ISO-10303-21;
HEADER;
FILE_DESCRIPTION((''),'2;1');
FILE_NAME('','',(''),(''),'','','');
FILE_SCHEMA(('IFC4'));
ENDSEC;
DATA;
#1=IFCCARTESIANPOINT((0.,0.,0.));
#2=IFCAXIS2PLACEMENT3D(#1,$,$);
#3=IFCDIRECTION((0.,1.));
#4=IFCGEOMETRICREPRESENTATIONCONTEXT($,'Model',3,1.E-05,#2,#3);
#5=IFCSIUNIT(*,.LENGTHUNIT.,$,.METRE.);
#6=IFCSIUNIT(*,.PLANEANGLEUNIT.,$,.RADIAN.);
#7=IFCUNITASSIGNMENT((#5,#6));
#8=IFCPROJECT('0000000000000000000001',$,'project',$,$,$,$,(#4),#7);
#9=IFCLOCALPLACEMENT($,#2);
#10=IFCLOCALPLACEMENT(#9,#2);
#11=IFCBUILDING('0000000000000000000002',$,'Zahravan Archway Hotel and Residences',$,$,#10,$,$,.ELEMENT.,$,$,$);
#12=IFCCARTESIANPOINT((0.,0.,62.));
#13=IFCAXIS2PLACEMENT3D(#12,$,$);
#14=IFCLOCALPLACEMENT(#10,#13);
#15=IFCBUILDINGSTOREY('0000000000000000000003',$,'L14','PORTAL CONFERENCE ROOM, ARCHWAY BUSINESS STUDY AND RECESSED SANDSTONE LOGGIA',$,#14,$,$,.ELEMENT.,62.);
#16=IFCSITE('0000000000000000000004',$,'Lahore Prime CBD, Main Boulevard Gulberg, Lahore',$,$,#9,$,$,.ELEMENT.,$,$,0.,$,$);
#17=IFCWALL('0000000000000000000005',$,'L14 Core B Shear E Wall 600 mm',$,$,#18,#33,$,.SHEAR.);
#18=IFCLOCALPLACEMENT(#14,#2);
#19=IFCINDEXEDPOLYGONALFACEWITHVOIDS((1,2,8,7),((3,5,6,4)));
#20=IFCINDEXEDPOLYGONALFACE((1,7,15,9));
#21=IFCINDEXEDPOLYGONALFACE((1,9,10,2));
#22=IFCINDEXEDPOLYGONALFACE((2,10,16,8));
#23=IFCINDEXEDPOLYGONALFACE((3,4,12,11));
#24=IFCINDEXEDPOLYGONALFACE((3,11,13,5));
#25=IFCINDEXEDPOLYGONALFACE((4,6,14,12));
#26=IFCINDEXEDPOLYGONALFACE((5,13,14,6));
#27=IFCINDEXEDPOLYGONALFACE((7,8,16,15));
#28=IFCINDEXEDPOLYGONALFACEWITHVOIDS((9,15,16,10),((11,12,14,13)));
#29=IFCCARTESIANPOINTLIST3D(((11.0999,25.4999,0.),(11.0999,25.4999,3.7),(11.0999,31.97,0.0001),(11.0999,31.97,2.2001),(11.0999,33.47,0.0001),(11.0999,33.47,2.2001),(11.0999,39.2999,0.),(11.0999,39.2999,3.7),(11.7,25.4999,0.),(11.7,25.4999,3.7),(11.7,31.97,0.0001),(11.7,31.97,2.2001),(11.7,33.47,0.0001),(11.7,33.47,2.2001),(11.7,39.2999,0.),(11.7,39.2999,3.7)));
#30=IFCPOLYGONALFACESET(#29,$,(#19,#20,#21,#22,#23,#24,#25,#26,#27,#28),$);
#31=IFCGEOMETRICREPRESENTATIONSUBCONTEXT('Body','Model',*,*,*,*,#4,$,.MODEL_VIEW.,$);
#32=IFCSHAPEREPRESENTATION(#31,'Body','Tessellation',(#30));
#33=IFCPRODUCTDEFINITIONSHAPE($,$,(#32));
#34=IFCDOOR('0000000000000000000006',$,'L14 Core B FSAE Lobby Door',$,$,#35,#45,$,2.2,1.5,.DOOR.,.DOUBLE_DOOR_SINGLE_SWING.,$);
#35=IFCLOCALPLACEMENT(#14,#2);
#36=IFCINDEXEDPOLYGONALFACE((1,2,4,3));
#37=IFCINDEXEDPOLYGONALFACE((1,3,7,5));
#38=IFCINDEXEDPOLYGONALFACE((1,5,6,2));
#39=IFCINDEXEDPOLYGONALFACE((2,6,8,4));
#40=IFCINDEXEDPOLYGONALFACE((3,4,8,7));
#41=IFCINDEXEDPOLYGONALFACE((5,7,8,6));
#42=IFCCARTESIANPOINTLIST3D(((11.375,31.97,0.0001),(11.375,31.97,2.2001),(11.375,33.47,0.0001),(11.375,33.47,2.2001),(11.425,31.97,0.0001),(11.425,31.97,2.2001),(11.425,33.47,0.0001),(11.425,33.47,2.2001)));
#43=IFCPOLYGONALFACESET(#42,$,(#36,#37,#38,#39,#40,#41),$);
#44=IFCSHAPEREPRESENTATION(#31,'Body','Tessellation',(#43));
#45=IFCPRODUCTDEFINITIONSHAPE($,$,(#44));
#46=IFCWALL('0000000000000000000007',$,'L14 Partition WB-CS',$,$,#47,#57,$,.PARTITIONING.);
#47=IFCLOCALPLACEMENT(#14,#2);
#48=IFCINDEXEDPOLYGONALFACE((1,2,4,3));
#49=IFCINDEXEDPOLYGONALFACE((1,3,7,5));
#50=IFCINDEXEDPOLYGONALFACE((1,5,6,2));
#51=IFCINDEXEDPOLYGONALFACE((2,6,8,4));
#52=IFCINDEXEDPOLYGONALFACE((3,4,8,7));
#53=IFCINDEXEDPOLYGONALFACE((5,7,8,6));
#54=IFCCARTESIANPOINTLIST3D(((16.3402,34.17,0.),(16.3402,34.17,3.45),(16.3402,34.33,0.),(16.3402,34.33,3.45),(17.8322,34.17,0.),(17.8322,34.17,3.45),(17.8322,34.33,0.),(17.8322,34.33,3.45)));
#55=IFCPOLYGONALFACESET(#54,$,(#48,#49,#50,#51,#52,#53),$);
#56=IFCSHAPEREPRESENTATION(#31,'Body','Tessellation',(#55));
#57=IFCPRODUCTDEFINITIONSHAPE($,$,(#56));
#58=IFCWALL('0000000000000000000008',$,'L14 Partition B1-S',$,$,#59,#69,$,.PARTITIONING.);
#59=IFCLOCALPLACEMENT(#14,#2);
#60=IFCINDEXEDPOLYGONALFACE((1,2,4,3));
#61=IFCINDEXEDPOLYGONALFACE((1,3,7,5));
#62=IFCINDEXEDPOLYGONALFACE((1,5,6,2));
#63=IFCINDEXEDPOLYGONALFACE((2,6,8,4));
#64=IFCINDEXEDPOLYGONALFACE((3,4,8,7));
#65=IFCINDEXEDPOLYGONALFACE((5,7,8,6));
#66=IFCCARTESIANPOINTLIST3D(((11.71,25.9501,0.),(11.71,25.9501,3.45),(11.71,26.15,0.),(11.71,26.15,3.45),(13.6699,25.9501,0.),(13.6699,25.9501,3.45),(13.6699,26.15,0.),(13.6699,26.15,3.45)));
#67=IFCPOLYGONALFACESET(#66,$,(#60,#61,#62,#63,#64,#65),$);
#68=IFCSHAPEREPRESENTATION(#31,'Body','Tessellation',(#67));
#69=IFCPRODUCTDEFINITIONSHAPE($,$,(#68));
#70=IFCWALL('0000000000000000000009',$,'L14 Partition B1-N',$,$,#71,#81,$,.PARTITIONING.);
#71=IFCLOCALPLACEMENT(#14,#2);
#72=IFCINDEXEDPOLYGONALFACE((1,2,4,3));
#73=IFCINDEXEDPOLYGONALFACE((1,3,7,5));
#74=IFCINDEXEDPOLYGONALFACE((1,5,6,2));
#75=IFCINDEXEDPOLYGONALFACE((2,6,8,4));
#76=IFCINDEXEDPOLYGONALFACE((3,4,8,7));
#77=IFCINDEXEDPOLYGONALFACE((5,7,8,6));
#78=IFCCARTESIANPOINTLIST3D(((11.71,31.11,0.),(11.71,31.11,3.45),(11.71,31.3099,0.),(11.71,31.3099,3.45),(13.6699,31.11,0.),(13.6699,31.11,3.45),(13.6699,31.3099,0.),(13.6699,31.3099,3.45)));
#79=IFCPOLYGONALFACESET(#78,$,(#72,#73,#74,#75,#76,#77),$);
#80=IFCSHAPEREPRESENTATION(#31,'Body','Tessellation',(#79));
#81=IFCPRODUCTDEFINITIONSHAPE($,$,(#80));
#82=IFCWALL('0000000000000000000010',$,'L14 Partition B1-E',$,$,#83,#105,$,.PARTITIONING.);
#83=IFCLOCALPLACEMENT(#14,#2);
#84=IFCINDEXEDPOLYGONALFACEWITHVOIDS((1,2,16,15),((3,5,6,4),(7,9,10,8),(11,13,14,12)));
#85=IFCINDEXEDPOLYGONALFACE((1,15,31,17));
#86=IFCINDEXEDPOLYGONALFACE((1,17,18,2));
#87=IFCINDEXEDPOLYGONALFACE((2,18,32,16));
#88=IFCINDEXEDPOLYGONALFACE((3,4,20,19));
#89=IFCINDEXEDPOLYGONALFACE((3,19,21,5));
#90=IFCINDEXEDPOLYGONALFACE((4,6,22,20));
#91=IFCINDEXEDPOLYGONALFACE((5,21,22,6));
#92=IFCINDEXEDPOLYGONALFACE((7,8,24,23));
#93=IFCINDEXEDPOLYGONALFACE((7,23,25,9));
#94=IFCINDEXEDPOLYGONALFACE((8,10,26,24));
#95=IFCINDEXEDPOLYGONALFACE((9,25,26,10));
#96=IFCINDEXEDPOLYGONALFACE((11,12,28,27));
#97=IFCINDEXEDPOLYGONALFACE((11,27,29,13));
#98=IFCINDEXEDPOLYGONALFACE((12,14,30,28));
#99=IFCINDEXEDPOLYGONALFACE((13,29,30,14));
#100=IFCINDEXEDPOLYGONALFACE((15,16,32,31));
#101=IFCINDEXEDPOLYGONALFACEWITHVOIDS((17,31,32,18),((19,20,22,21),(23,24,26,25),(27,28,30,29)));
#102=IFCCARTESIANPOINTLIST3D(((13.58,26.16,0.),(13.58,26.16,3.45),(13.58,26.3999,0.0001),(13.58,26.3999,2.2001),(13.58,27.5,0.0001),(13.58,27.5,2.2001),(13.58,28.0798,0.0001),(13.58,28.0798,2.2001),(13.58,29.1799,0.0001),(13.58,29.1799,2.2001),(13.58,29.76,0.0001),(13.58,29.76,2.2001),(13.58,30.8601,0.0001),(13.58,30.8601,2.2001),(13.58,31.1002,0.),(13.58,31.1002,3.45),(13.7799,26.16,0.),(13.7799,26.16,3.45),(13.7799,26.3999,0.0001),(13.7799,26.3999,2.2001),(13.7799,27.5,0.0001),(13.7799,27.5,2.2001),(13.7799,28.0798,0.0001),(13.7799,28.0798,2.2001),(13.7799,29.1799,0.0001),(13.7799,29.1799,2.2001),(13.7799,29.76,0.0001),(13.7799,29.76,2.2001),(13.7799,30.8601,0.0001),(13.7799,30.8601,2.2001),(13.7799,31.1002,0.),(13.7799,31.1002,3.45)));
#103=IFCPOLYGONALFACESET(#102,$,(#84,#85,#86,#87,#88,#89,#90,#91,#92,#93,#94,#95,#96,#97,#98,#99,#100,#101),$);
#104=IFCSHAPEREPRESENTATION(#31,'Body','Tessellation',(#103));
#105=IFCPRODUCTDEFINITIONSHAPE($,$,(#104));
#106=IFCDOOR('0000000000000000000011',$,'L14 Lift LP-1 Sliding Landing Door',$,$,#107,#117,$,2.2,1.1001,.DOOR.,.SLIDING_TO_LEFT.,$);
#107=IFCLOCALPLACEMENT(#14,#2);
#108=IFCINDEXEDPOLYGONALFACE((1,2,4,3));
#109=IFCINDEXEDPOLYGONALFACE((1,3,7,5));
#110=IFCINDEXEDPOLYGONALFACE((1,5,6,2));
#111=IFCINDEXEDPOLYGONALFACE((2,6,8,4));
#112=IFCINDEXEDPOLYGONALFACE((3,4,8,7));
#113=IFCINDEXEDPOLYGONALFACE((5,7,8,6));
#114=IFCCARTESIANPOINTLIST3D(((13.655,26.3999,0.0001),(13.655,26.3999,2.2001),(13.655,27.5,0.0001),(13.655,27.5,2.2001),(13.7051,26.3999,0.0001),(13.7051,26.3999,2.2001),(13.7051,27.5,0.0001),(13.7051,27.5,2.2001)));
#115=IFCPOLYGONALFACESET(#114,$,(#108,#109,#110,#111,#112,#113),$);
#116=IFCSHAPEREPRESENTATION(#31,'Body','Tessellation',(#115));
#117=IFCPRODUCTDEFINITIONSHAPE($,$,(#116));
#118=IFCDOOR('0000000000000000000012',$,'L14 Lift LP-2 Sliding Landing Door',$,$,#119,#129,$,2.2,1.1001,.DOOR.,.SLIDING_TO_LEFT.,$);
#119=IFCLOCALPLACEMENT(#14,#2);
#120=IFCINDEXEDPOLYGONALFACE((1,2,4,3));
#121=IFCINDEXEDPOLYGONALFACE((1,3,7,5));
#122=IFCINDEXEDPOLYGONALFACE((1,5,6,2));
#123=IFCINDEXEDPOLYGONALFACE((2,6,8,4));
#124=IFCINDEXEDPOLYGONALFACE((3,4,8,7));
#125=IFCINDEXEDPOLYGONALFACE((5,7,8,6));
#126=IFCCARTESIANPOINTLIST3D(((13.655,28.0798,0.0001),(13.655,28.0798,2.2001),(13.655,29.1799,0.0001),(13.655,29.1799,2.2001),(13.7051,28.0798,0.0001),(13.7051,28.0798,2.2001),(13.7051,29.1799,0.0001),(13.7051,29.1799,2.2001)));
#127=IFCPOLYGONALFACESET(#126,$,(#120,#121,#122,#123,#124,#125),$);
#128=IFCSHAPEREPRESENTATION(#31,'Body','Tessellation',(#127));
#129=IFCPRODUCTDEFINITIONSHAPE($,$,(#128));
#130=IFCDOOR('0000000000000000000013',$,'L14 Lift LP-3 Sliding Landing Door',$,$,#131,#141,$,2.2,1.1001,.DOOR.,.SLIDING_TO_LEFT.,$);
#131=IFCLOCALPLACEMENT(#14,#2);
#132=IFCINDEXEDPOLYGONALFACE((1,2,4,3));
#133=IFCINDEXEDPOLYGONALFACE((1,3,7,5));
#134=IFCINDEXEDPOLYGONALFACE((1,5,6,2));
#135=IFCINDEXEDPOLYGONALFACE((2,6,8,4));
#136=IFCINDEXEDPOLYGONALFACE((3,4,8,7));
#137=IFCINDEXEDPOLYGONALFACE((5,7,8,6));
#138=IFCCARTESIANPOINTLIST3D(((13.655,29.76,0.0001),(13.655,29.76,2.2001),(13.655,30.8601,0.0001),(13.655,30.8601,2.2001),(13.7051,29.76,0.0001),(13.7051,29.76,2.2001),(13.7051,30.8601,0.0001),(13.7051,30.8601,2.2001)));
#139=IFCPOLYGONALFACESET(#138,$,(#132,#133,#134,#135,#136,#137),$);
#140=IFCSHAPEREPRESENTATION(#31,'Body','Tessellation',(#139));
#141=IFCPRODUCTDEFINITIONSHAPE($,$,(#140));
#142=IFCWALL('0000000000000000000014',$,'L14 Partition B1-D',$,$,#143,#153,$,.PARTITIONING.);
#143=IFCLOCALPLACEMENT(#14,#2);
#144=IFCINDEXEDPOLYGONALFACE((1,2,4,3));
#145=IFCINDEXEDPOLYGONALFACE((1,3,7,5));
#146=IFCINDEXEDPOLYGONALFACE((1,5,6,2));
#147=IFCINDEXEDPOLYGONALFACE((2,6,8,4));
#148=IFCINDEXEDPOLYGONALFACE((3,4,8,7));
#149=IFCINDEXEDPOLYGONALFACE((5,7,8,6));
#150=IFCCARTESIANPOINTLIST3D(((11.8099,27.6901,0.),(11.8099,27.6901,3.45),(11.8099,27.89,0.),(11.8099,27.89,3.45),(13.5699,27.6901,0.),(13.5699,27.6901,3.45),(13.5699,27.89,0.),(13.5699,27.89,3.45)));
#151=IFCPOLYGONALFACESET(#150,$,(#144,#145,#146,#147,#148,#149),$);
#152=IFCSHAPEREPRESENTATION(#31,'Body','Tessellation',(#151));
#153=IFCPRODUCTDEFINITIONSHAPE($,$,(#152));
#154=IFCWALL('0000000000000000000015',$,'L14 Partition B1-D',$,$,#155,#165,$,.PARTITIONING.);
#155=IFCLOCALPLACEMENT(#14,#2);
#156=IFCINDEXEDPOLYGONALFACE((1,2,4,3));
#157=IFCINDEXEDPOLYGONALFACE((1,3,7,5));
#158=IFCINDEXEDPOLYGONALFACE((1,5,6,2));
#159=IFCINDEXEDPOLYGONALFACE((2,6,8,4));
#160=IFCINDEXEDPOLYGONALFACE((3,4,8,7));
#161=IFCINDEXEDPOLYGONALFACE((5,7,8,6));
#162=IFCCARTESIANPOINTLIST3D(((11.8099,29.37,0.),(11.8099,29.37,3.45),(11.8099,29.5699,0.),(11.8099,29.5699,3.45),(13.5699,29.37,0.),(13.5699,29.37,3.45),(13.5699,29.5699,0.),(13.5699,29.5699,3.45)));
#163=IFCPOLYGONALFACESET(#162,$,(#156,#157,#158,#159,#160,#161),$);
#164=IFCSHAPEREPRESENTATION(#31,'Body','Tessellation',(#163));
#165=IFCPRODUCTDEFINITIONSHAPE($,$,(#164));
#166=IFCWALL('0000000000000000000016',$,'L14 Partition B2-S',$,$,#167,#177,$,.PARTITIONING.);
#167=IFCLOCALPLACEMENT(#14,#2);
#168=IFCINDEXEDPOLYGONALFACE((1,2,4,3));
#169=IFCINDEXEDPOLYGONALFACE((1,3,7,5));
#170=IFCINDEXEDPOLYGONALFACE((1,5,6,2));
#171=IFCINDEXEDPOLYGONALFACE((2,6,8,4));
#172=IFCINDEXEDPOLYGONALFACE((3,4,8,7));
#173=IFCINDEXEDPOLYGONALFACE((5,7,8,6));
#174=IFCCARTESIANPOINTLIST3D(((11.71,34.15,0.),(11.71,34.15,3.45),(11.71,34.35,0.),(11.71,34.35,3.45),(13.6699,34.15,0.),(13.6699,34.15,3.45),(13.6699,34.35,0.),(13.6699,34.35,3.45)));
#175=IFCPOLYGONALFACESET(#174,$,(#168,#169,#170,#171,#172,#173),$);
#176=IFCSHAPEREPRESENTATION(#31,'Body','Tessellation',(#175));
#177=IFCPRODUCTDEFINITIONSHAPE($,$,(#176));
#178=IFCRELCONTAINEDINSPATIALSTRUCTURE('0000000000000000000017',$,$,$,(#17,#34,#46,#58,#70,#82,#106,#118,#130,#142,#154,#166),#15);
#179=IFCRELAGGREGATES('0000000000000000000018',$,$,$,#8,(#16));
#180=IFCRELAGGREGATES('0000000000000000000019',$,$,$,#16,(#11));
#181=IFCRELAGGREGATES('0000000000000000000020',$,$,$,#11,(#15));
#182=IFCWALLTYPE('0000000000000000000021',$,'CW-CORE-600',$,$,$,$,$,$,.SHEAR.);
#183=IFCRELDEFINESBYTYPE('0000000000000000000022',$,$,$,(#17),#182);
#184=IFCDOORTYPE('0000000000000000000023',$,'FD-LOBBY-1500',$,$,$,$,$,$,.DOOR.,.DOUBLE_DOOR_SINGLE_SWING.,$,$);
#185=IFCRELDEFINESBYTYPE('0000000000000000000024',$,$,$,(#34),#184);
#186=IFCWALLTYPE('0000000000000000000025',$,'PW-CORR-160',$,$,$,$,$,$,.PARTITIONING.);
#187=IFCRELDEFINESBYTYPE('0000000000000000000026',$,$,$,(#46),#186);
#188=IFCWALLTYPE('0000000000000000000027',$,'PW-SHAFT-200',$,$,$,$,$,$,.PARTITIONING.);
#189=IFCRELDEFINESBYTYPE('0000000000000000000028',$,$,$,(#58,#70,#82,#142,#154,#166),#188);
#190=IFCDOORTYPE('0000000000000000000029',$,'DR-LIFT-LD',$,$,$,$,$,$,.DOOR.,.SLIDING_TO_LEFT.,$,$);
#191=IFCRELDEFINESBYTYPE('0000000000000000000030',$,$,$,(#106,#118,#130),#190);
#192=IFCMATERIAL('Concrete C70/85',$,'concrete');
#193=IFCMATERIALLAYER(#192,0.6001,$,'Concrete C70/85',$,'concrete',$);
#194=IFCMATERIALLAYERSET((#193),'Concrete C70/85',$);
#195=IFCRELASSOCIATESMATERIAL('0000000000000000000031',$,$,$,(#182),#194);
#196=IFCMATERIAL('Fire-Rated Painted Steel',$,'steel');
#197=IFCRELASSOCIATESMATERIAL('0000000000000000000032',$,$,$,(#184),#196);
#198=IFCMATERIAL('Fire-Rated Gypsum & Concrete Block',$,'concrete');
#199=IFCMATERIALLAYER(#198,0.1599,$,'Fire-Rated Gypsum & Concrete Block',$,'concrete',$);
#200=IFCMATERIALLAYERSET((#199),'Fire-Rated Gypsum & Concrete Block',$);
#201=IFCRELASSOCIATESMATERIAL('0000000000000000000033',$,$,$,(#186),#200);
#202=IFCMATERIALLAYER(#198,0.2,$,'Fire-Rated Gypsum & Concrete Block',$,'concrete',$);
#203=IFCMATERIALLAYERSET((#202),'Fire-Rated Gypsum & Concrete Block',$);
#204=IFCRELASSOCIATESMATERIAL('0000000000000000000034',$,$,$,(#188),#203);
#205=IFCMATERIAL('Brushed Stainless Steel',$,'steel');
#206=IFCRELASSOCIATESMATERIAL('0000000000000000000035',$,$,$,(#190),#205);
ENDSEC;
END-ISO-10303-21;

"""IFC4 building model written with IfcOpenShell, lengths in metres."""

from ifc_helpers import new_model, si_unit, direction, frame, frame_2d, origin, place, context, subcontext, project, spatial, rectangle, extrude, source, transform, mapped, material, layer, layer_set, type_object, type_shapes, element, fill, save


model = new_model("IFC4")

# Units and contexts
model_context = context("Model", 3, precision=1e-05, world=origin(), true_north=direction((0.0, 1.0)))
body_context = subcontext(model_context, "Body", "Model", "MODEL_VIEW")
ifc_project = project(units=[si_unit("LENGTHUNIT", "METRE"), si_unit("PLANEANGLEUNIT", "RADIAN")], contexts=[model_context])

# Site, building, storey
site_placement = place(None, origin())
site = spatial("IfcSite", under=ifc_project, at=site_placement, Name="Lahore Prime CBD, Main Boulevard Gulberg, Lahore", CompositionType="ELEMENT", RefElevation=0.0)
building_placement = place(site_placement, origin())
building = spatial("IfcBuilding", under=site, at=building_placement, Name="Zahravan Archway Hotel and Residences", CompositionType="ELEMENT")
storey_placement = place(building_placement, frame((0.0, 0.0, 62.0)))
storey = spatial("IfcBuildingStorey", under=building, at=storey_placement, Name="L14", Description="PORTAL CONFERENCE ROOM, ARCHWAY BUSINESS STUDY AND RECESSED SANDSTONE LOGGIA", CompositionType="ELEMENT", Elevation=62.0)

# Shared definitions
ifc_material_1 = material(Name="Concrete C70/85", Category="concrete")

# Wall, opening, door
ifc_layer_1 = layer(ifc_material_1, 0.6001, Name="Concrete C70/85", Category="concrete")
ifc_layer_set_1 = layer_set([ifc_layer_1], Name="Concrete C70/85")
wall_type_1 = type_object("IfcWallType", Name="CW-CORE-600", PredefinedType="SHEAR", material=ifc_layer_set_1)
wall_1_placement = place(storey_placement, frame((11.3999, 25.5, 0.0), z_axis=(0.0, 0.0, 1.0), x_axis=(0.0, 1.0, 0.0)))
wall_1 = element("IfcWall", 1, at=wall_1_placement, inside=storey, type_object=wall_type_1, Name="L14 Core B Shear E Wall 600 mm", PredefinedType="SHEAR", context=body_context, shape_type="SweptSolid", body=[
    extrude(rectangle(XDim=13.8, YDim=0.6001, at=frame_2d((6.8999, 0.0))), origin(), (0.0, 0.0, 1.0), 3.7),
])
opening_1_placement = place(wall_1_placement, frame((6.47, 0.0, 0.0)))
opening_1 = element("IfcOpeningElement", 2, at=opening_1_placement, cuts=wall_1, PredefinedType="OPENING", context=body_context, shape_type="SweptSolid", body=[
    extrude(rectangle(XDim=1.5, YDim=2.2, at=frame_2d((0.75, 1.1001))), frame((0.0, 0.3101, 0.0), z_axis=(0.0, -1.0, 0.0), x_axis=(1.0, 0.0, 0.0)), (0.0, 0.0, 1.0), 0.6201),
])
ifc_material_2 = material(Name="Fire-Rated Painted Steel", Category="steel")
door_type_1 = type_object("IfcDoorType", Name="FD-LOBBY-1500", OperationType="DOUBLE_DOOR_SINGLE_SWING", PredefinedType="DOOR", material=ifc_material_2)
shared_shape_1 = source(origin(), body_context, "Body", "SweptSolid", [
    extrude(rectangle(XDim=1.5, YDim=2.2, at=frame_2d((0.75, 1.1001))), frame((0.0, 0.0249, 0.0), z_axis=(0.0, -1.0, 0.0), x_axis=(1.0, 0.0, 0.0)), (0.0, 0.0, 1.0), 0.05),
])
type_shapes(door_type_1, [shared_shape_1])
door_1_placement = place(opening_1_placement, origin())
door_1 = element("IfcDoor", 3, at=door_1_placement, inside=storey, type_object=door_type_1, Name="L14 Core B FSAE Lobby Door", OperationType="DOUBLE_DOOR_SINGLE_SWING", OverallHeight=2.2, OverallWidth=1.5, PredefinedType="DOOR", context=body_context, shape_type="MappedRepresentation", body=[
    mapped(shared_shape_1, transform((0.0, 0.0, 0.0), scale=1.0)),
])
fill(opening_1, door_1)

# Walls
ifc_material_3 = material(Name="Fire-Rated Gypsum & Concrete Block", Category="concrete")
ifc_layer_2 = layer(ifc_material_3, 0.1599, Name="Fire-Rated Gypsum & Concrete Block", Category="concrete")
ifc_layer_set_2 = layer_set([ifc_layer_2], Name="Fire-Rated Gypsum & Concrete Block")
wall_type_2 = type_object("IfcWallType", Name="PW-CORR-160", PredefinedType="PARTITIONING", material=ifc_layer_set_2)
wall_2_placement = place(storey_placement, frame((16.3401, 34.25, 0.0), z_axis=(0.0, 0.0, 1.0), x_axis=(1.0, 0.0, 0.0)))
element("IfcWall", 4, at=wall_2_placement, inside=storey, type_object=wall_type_2, Name="L14 Partition WB-CS", PredefinedType="PARTITIONING", context=body_context, shape_type="SweptSolid", body=[
    extrude(rectangle(XDim=1.4919, YDim=0.1599, at=frame_2d((0.7461, 0.0))), origin(), (0.0, 0.0, 1.0), 3.45),
])
ifc_layer_3 = layer(ifc_material_3, 0.2, Name="Fire-Rated Gypsum & Concrete Block", Category="concrete")
ifc_layer_set_3 = layer_set([ifc_layer_3], Name="Fire-Rated Gypsum & Concrete Block")
wall_type_3 = type_object("IfcWallType", Name="PW-SHAFT-200", PredefinedType="PARTITIONING", material=ifc_layer_set_3)
for number, where, z_axis, x_axis, name in (
    (5, (11.71, 26.05, 0.0), (0.0, 0.0, 1.0), (1.0, 0.0, 0.0), "L14 Partition B1-S"),
    (6, (11.71, 31.21, 0.0), (0.0, 0.0, 1.0), (1.0, 0.0, 0.0), "L14 Partition B1-N"),
):
    element("IfcWall", number, at=place(storey_placement, frame(where, z_axis=z_axis, x_axis=x_axis)), inside=storey, type_object=wall_type_3, Name=name, PredefinedType="PARTITIONING", context=body_context, shape_type="SweptSolid", body=[
        extrude(rectangle(XDim=1.96, YDim=0.2, at=frame_2d((0.98, 0.0))), origin(), (0.0, 0.0, 1.0), 3.45),
    ])

# Wall, openings, doors
wall_3_placement = place(storey_placement, frame((13.6799, 26.1599, 0.0), z_axis=(0.0, 0.0, 1.0), x_axis=(0.0, 1.0, 0.0)))
wall_3 = element("IfcWall", 7, at=wall_3_placement, inside=storey, type_object=wall_type_3, Name="L14 Partition B1-E", PredefinedType="PARTITIONING", context=body_context, shape_type="SweptSolid", body=[
    extrude(rectangle(XDim=4.9402, YDim=0.2, at=frame_2d((2.4702, 0.0))), origin(), (0.0, 0.0, 1.0), 3.45),
])
opening_2_placement = place(wall_3_placement, frame((0.24, 0.0, 0.0)))
opening_2 = element("IfcOpeningElement", 8, at=opening_2_placement, cuts=wall_3, PredefinedType="OPENING", context=body_context, shape_type="SweptSolid", body=[
    extrude(rectangle(XDim=1.1001, YDim=2.2, at=frame_2d((0.55, 1.1001))), frame((0.0, 0.1099, 0.0), z_axis=(0.0, -1.0, 0.0), x_axis=(1.0, 0.0, 0.0)), (0.0, 0.0, 1.0), 0.22),
])
opening_3_placement = place(wall_3_placement, frame((1.9199, 0.0, 0.0)))
opening_3 = element("IfcOpeningElement", 9, at=opening_3_placement, cuts=wall_3, PredefinedType="OPENING", context=body_context, shape_type="SweptSolid", body=[
    extrude(rectangle(XDim=1.1001, YDim=2.2, at=frame_2d((0.55, 1.1001))), frame((0.0, 0.1099, 0.0), z_axis=(0.0, -1.0, 0.0), x_axis=(1.0, 0.0, 0.0)), (0.0, 0.0, 1.0), 0.22),
])
opening_4_placement = place(wall_3_placement, frame((3.6001, 0.0, 0.0)))
opening_4 = element("IfcOpeningElement", 10, at=opening_4_placement, cuts=wall_3, PredefinedType="OPENING", context=body_context, shape_type="SweptSolid", body=[
    extrude(rectangle(XDim=1.1001, YDim=2.2, at=frame_2d((0.55, 1.1001))), frame((0.0, 0.1099, 0.0), z_axis=(0.0, -1.0, 0.0), x_axis=(1.0, 0.0, 0.0)), (0.0, 0.0, 1.0), 0.22),
])
ifc_material_4 = material(Name="Brushed Stainless Steel", Category="steel")
door_type_2 = type_object("IfcDoorType", Name="DR-LIFT-LD", OperationType="SLIDING_TO_LEFT", PredefinedType="DOOR", material=ifc_material_4)
shared_shape_2 = source(origin(), body_context, "Body", "SweptSolid", [
    extrude(rectangle(XDim=1.1001, YDim=2.2, at=frame_2d((0.55, 1.1001))), frame((0.0, 0.0249, 0.0), z_axis=(0.0, -1.0, 0.0), x_axis=(1.0, 0.0, 0.0)), (0.0, 0.0, 1.0), 0.05),
])
type_shapes(door_type_2, [shared_shape_2])
door_2_placement = place(opening_2_placement, origin())
door_2 = element("IfcDoor", 11, at=door_2_placement, inside=storey, type_object=door_type_2, Name="L14 Lift LP-1 Sliding Landing Door", OperationType="SLIDING_TO_LEFT", OverallHeight=2.2, OverallWidth=1.1001, PredefinedType="DOOR", context=body_context, shape_type="MappedRepresentation", body=[
    mapped(shared_shape_2, transform((0.0, 0.0, 0.0), scale=1.0)),
])
fill(opening_2, door_2)
door_3_placement = place(opening_3_placement, origin())
door_3 = element("IfcDoor", 12, at=door_3_placement, inside=storey, type_object=door_type_2, Name="L14 Lift LP-2 Sliding Landing Door", OperationType="SLIDING_TO_LEFT", OverallHeight=2.2, OverallWidth=1.1001, PredefinedType="DOOR", context=body_context, shape_type="MappedRepresentation", body=[
    mapped(shared_shape_2, transform((0.0, 0.0, 0.0), scale=1.0)),
])
fill(opening_3, door_3)
door_4_placement = place(opening_4_placement, origin())
door_4 = element("IfcDoor", 13, at=door_4_placement, inside=storey, type_object=door_type_2, Name="L14 Lift LP-3 Sliding Landing Door", OperationType="SLIDING_TO_LEFT", OverallHeight=2.2, OverallWidth=1.1001, PredefinedType="DOOR", context=body_context, shape_type="MappedRepresentation", body=[
    mapped(shared_shape_2, transform((0.0, 0.0, 0.0), scale=1.0)),
])
fill(opening_4, door_4)

# Walls
for number, where, z_axis, x_axis, name in (
    (14, (11.8101, 27.79, 0.0), (0.0, 0.0, 1.0), (1.0, 0.0, 0.0), "L14 Partition B1-D"),
    (15, (11.8101, 29.47, 0.0), (0.0, 0.0, 1.0), (1.0, 0.0, 0.0), "L14 Partition B1-D"),
):
    element("IfcWall", number, at=place(storey_placement, frame(where, z_axis=z_axis, x_axis=x_axis)), inside=storey, type_object=wall_type_3, Name=name, PredefinedType="PARTITIONING", context=body_context, shape_type="SweptSolid", body=[
        extrude(rectangle(XDim=1.76, YDim=0.2, at=frame_2d((0.8799, 0.0))), origin(), (0.0, 0.0, 1.0), 3.45),
    ])
wall_4_placement = place(storey_placement, frame((11.71, 34.25, 0.0), z_axis=(0.0, 0.0, 1.0), x_axis=(1.0, 0.0, 0.0)))
element("IfcWall", 16, at=wall_4_placement, inside=storey, type_object=wall_type_3, Name="L14 Partition B2-S", PredefinedType="PARTITIONING", context=body_context, shape_type="SweptSolid", body=[
    extrude(rectangle(XDim=1.96, YDim=0.2, at=frame_2d((0.98, 0.0))), origin(), (0.0, 0.0, 1.0), 3.45),
])

save(model, "model.ifc")
